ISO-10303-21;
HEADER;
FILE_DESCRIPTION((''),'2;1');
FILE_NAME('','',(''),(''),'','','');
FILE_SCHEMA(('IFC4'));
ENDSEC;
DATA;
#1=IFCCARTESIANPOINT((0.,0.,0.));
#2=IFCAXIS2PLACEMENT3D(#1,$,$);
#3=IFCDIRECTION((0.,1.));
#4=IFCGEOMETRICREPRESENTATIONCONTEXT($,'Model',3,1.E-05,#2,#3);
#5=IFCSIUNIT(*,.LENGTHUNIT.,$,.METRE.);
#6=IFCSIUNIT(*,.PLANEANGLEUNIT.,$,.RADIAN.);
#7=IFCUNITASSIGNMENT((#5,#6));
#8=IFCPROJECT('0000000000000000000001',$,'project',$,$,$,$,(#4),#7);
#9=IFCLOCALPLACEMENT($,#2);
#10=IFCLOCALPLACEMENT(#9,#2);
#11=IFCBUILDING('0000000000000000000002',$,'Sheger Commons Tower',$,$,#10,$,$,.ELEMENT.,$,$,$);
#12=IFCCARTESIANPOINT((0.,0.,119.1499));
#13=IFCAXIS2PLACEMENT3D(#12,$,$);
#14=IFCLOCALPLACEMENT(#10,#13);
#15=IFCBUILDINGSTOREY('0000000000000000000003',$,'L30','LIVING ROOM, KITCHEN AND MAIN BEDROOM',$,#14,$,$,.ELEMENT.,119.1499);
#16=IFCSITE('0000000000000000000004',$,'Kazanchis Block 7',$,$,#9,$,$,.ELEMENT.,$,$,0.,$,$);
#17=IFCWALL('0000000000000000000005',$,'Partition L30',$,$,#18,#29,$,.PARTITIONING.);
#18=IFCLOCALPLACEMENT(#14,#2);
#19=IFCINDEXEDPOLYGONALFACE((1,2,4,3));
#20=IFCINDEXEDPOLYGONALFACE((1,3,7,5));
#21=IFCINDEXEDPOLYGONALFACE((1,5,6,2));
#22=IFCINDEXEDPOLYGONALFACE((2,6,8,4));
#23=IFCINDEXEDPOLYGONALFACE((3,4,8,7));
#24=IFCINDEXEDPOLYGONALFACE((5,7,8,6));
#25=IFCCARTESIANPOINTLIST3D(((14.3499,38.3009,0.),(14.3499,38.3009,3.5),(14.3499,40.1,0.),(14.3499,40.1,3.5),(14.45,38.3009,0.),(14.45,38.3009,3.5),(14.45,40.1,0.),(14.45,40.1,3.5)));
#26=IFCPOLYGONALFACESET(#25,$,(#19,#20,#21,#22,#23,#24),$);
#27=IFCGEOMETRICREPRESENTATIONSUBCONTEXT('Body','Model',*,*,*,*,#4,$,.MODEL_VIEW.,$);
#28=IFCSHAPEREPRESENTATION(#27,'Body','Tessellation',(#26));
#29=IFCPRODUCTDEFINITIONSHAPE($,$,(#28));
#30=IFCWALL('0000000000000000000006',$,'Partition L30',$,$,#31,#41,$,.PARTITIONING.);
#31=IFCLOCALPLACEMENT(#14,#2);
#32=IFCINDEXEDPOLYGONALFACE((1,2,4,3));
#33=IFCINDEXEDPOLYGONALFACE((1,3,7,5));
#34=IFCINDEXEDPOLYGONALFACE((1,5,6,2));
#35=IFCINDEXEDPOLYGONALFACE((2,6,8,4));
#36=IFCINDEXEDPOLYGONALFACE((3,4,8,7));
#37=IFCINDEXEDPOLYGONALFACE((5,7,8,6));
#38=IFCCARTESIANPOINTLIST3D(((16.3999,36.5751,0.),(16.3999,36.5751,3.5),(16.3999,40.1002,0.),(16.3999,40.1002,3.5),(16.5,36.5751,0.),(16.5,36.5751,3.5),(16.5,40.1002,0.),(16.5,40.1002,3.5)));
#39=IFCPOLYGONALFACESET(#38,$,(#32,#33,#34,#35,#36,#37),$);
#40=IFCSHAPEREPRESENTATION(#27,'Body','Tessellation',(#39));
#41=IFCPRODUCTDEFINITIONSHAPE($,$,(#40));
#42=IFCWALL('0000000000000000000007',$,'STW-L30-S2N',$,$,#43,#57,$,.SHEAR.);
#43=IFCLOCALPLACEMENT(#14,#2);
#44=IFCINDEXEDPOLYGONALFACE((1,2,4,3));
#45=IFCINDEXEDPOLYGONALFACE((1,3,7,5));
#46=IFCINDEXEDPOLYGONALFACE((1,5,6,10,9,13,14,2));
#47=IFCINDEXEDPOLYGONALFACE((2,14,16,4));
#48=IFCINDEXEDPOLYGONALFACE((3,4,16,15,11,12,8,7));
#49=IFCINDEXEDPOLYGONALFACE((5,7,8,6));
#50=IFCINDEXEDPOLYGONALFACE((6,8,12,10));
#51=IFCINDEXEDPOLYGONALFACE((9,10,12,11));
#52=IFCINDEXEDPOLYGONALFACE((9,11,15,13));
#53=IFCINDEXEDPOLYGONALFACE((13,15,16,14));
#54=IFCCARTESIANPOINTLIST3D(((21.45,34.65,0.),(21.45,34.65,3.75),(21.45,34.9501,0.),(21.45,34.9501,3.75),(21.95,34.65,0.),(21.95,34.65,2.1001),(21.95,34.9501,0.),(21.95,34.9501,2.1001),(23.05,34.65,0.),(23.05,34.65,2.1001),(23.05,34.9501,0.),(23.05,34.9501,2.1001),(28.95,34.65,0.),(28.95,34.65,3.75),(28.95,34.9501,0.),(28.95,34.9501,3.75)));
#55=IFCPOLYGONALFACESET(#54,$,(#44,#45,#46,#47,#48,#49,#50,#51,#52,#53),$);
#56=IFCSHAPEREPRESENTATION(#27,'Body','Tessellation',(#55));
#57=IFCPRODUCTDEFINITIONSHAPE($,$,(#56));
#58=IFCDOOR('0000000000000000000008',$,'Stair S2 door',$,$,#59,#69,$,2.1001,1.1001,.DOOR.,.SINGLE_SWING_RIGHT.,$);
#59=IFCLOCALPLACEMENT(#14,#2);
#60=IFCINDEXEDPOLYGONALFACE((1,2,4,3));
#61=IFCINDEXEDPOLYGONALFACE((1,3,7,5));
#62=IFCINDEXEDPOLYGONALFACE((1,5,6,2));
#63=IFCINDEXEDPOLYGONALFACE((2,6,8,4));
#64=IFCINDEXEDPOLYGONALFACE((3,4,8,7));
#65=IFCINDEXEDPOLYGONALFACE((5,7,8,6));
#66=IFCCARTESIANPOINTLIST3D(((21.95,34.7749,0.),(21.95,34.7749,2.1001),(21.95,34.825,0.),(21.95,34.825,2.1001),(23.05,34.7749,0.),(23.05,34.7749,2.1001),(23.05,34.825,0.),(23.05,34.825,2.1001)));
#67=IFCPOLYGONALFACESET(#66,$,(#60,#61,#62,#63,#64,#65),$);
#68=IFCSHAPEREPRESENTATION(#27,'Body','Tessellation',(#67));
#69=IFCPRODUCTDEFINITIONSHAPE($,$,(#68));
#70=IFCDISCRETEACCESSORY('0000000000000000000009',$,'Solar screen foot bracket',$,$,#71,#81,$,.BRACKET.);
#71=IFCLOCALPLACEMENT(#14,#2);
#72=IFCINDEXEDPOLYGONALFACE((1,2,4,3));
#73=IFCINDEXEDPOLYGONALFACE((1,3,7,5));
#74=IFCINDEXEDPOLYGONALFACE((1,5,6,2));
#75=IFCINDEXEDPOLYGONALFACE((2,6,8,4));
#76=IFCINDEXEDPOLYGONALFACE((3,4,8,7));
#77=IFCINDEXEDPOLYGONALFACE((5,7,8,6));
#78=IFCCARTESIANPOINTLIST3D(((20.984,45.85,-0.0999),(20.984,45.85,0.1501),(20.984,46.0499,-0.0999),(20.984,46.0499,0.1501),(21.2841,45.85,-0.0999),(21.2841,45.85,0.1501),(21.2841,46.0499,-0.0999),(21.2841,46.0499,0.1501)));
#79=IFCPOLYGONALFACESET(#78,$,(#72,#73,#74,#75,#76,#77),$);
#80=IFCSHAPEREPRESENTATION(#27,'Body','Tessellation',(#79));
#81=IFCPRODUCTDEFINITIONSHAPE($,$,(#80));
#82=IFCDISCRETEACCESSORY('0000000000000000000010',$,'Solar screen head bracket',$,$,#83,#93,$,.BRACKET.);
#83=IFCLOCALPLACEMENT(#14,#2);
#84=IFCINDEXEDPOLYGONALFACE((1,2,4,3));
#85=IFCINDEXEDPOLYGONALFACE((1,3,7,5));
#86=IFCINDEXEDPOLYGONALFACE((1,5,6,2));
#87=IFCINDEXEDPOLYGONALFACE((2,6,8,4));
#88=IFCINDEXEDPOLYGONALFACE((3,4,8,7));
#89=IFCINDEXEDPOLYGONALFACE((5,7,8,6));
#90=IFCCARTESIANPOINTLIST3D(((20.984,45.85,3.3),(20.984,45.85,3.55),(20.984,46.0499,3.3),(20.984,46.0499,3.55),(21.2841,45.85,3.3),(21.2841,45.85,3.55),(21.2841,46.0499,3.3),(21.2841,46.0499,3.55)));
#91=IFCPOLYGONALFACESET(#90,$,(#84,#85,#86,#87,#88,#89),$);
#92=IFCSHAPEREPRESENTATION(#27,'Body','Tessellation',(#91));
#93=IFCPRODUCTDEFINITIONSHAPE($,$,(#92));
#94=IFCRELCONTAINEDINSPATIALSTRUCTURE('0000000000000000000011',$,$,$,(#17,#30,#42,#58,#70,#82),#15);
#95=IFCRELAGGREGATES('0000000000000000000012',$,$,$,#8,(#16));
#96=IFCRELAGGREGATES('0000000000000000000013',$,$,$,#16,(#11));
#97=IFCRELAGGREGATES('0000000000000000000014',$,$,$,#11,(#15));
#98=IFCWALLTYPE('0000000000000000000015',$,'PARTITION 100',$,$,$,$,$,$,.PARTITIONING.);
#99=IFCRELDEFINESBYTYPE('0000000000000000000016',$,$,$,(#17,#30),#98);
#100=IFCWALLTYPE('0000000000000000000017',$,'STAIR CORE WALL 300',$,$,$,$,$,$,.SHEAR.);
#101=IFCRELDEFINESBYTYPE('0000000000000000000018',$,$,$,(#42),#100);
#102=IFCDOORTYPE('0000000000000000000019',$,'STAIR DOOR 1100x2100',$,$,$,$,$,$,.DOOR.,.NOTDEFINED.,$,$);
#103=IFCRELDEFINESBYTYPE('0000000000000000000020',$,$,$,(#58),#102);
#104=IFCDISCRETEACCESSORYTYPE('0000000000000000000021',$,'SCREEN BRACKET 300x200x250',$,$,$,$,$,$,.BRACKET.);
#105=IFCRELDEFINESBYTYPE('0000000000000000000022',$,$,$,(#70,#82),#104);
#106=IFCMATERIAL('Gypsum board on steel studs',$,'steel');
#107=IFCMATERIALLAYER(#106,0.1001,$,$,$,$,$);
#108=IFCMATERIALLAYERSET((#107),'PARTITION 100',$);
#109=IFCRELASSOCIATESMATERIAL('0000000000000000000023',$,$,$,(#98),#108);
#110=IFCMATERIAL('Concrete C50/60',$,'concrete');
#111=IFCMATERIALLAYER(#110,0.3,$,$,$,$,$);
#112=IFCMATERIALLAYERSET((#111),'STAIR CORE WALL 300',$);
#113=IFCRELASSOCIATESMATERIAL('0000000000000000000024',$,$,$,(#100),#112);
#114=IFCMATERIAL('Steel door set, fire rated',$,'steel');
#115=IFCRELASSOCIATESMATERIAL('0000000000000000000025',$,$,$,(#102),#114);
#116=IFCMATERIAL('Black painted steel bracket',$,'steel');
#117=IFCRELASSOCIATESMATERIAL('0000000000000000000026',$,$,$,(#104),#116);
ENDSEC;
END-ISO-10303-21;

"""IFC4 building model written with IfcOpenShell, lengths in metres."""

from ifc_helpers import new_model, si_unit, direction, frame, frame_2d, origin, origin_2d, place, context, subcontext, project, spatial, rectangle, extrude, material, layer, layer_set, type_object, element, fill, save


model = new_model("IFC4")

# Units and contexts
model_context = context("Model", 3, precision=1e-05, world=origin(), true_north=direction((0.0, 1.0)))
body_context = subcontext(model_context, "Body", "Model", "MODEL_VIEW")
ifc_project = project(units=[si_unit("LENGTHUNIT", "METRE"), si_unit("PLANEANGLEUNIT", "RADIAN")], contexts=[model_context])

# Site, building, storey
site_placement = place(None, origin())
site = spatial("IfcSite", under=ifc_project, at=site_placement, Name="Kazanchis Block 7", CompositionType="ELEMENT", RefElevation=0.0)
building_placement = place(site_placement, origin())
building = spatial("IfcBuilding", under=site, at=building_placement, Name="Sheger Commons Tower", CompositionType="ELEMENT")
storey_placement = place(building_placement, frame((0.0, 0.0, 119.1499)))
storey = spatial("IfcBuildingStorey", under=building, at=storey_placement, Name="L30", Description="LIVING ROOM, KITCHEN AND MAIN BEDROOM", CompositionType="ELEMENT", Elevation=119.1499)

# Shared definitions
ifc_material_1 = material(Name="Gypsum board on steel studs", Category="steel")
ifc_layer_1 = layer(ifc_material_1, 0.1001)
ifc_layer_set_1 = layer_set([ifc_layer_1], Name="PARTITION 100")
wall_type_1 = type_object("IfcWallType", Name="PARTITION 100", PredefinedType="PARTITIONING", material=ifc_layer_set_1)

# Walls
wall_1_placement = place(storey_placement, frame((14.3999, 38.301, 0.0), z_axis=(0.0, 0.0, 1.0), x_axis=(0.0, 1.0, 0.0)))
element("IfcWall", 1, at=wall_1_placement, inside=storey, type_object=wall_type_1, Name="Partition L30", PredefinedType="PARTITIONING", context=body_context, shape_type="SweptSolid", body=[
    extrude(rectangle(XDim=1.7991, YDim=0.1001, at=frame_2d((0.8994, 0.0))), origin(), (0.0, 0.0, 1.0), 3.5),
])
wall_2_placement = place(storey_placement, frame((16.45, 36.575, 0.0), z_axis=(0.0, 0.0, 1.0), x_axis=(0.0, 1.0, 0.0)))
element("IfcWall", 2, at=wall_2_placement, inside=storey, type_object=wall_type_1, Name="Partition L30", PredefinedType="PARTITIONING", context=body_context, shape_type="SweptSolid", body=[
    extrude(rectangle(XDim=3.5251, YDim=0.1001, at=frame_2d((1.7627, 0.0))), origin(), (0.0, 0.0, 1.0), 3.5),
])

# Wall, opening, door
ifc_material_2 = material(Name="Concrete C50/60", Category="concrete")
ifc_layer_2 = layer(ifc_material_2, 0.3)
ifc_layer_set_2 = layer_set([ifc_layer_2], Name="STAIR CORE WALL 300")
wall_type_2 = type_object("IfcWallType", Name="STAIR CORE WALL 300", PredefinedType="SHEAR", material=ifc_layer_set_2)
wall_3_placement = place(storey_placement, frame((21.45, 34.8, 0.0), z_axis=(0.0, 0.0, 1.0), x_axis=(1.0, 0.0, 0.0)))
wall_3 = element("IfcWall", 3, at=wall_3_placement, inside=storey, type_object=wall_type_2, Name="STW-L30-S2N", PredefinedType="SHEAR", context=body_context, shape_type="SweptSolid", body=[
    extrude(rectangle(XDim=7.5, YDim=0.3, at=frame_2d((3.75, 0.0))), origin(), (0.0, 0.0, 1.0), 3.75),
])
opening_1_placement = place(wall_3_placement, frame((0.5, 0.0, 0.0)))
opening_1 = element("IfcOpeningElement", 4, at=opening_1_placement, cuts=wall_3, PredefinedType="OPENING", context=body_context, shape_type="SweptSolid", body=[
    extrude(rectangle(XDim=1.1001, YDim=2.1001, at=frame_2d((0.55, 1.05))), frame((0.0, 0.1599, 0.0), z_axis=(0.0, -1.0, 0.0), x_axis=(1.0, 0.0, 0.0)), (0.0, 0.0, 1.0), 0.3201),
])
ifc_material_3 = material(Name="Steel door set, fire rated", Category="steel")
door_type_1 = type_object("IfcDoorType", Name="STAIR DOOR 1100x2100", OperationType="NOTDEFINED", PredefinedType="DOOR", material=ifc_material_3)
door_1_placement = place(opening_1_placement, origin())
door_1 = element("IfcDoor", 5, at=door_1_placement, inside=storey, type_object=door_type_1, Name="Stair S2 door", OperationType="SINGLE_SWING_RIGHT", OverallHeight=2.1001, OverallWidth=1.1001, PredefinedType="DOOR", context=body_context, shape_type="SweptSolid", body=[
    extrude(rectangle(XDim=1.1001, YDim=2.1001, at=frame_2d((0.55, 1.05))), frame((0.0, 0.0249, 0.0), z_axis=(0.0, -1.0, 0.0), x_axis=(1.0, 0.0, 0.0)), (0.0, 0.0, 1.0), 0.05),
])
fill(opening_1, door_1)

# Discrete accessories
ifc_material_4 = material(Name="Black painted steel bracket", Category="steel")
discrete_accessory_type = type_object("IfcDiscreteAccessoryType", Name="SCREEN BRACKET 300x200x250", PredefinedType="BRACKET", material=ifc_material_4)
for number, where, z_axis, x_axis, name in (
    (6, (21.134, 45.95, -0.0999), (0.0, 0.0, 1.0), (-1.0, 0.0, 0.0), "Solar screen foot bracket"),
    (7, (21.134, 45.95, 3.3), (0.0, 0.0, 1.0), (-1.0, 0.0, 0.0), "Solar screen head bracket"),
):
    element("IfcDiscreteAccessory", number, at=place(storey_placement, frame(where, z_axis=z_axis, x_axis=x_axis)), inside=storey, type_object=discrete_accessory_type, Name=name, PredefinedType="BRACKET", context=body_context, shape_type="SweptSolid", body=[
        extrude(rectangle(XDim=0.3, YDim=0.2, at=origin_2d()), origin(), (0.0, 0.0, 1.0), 0.25),
    ])

save(model, "model.ifc")
